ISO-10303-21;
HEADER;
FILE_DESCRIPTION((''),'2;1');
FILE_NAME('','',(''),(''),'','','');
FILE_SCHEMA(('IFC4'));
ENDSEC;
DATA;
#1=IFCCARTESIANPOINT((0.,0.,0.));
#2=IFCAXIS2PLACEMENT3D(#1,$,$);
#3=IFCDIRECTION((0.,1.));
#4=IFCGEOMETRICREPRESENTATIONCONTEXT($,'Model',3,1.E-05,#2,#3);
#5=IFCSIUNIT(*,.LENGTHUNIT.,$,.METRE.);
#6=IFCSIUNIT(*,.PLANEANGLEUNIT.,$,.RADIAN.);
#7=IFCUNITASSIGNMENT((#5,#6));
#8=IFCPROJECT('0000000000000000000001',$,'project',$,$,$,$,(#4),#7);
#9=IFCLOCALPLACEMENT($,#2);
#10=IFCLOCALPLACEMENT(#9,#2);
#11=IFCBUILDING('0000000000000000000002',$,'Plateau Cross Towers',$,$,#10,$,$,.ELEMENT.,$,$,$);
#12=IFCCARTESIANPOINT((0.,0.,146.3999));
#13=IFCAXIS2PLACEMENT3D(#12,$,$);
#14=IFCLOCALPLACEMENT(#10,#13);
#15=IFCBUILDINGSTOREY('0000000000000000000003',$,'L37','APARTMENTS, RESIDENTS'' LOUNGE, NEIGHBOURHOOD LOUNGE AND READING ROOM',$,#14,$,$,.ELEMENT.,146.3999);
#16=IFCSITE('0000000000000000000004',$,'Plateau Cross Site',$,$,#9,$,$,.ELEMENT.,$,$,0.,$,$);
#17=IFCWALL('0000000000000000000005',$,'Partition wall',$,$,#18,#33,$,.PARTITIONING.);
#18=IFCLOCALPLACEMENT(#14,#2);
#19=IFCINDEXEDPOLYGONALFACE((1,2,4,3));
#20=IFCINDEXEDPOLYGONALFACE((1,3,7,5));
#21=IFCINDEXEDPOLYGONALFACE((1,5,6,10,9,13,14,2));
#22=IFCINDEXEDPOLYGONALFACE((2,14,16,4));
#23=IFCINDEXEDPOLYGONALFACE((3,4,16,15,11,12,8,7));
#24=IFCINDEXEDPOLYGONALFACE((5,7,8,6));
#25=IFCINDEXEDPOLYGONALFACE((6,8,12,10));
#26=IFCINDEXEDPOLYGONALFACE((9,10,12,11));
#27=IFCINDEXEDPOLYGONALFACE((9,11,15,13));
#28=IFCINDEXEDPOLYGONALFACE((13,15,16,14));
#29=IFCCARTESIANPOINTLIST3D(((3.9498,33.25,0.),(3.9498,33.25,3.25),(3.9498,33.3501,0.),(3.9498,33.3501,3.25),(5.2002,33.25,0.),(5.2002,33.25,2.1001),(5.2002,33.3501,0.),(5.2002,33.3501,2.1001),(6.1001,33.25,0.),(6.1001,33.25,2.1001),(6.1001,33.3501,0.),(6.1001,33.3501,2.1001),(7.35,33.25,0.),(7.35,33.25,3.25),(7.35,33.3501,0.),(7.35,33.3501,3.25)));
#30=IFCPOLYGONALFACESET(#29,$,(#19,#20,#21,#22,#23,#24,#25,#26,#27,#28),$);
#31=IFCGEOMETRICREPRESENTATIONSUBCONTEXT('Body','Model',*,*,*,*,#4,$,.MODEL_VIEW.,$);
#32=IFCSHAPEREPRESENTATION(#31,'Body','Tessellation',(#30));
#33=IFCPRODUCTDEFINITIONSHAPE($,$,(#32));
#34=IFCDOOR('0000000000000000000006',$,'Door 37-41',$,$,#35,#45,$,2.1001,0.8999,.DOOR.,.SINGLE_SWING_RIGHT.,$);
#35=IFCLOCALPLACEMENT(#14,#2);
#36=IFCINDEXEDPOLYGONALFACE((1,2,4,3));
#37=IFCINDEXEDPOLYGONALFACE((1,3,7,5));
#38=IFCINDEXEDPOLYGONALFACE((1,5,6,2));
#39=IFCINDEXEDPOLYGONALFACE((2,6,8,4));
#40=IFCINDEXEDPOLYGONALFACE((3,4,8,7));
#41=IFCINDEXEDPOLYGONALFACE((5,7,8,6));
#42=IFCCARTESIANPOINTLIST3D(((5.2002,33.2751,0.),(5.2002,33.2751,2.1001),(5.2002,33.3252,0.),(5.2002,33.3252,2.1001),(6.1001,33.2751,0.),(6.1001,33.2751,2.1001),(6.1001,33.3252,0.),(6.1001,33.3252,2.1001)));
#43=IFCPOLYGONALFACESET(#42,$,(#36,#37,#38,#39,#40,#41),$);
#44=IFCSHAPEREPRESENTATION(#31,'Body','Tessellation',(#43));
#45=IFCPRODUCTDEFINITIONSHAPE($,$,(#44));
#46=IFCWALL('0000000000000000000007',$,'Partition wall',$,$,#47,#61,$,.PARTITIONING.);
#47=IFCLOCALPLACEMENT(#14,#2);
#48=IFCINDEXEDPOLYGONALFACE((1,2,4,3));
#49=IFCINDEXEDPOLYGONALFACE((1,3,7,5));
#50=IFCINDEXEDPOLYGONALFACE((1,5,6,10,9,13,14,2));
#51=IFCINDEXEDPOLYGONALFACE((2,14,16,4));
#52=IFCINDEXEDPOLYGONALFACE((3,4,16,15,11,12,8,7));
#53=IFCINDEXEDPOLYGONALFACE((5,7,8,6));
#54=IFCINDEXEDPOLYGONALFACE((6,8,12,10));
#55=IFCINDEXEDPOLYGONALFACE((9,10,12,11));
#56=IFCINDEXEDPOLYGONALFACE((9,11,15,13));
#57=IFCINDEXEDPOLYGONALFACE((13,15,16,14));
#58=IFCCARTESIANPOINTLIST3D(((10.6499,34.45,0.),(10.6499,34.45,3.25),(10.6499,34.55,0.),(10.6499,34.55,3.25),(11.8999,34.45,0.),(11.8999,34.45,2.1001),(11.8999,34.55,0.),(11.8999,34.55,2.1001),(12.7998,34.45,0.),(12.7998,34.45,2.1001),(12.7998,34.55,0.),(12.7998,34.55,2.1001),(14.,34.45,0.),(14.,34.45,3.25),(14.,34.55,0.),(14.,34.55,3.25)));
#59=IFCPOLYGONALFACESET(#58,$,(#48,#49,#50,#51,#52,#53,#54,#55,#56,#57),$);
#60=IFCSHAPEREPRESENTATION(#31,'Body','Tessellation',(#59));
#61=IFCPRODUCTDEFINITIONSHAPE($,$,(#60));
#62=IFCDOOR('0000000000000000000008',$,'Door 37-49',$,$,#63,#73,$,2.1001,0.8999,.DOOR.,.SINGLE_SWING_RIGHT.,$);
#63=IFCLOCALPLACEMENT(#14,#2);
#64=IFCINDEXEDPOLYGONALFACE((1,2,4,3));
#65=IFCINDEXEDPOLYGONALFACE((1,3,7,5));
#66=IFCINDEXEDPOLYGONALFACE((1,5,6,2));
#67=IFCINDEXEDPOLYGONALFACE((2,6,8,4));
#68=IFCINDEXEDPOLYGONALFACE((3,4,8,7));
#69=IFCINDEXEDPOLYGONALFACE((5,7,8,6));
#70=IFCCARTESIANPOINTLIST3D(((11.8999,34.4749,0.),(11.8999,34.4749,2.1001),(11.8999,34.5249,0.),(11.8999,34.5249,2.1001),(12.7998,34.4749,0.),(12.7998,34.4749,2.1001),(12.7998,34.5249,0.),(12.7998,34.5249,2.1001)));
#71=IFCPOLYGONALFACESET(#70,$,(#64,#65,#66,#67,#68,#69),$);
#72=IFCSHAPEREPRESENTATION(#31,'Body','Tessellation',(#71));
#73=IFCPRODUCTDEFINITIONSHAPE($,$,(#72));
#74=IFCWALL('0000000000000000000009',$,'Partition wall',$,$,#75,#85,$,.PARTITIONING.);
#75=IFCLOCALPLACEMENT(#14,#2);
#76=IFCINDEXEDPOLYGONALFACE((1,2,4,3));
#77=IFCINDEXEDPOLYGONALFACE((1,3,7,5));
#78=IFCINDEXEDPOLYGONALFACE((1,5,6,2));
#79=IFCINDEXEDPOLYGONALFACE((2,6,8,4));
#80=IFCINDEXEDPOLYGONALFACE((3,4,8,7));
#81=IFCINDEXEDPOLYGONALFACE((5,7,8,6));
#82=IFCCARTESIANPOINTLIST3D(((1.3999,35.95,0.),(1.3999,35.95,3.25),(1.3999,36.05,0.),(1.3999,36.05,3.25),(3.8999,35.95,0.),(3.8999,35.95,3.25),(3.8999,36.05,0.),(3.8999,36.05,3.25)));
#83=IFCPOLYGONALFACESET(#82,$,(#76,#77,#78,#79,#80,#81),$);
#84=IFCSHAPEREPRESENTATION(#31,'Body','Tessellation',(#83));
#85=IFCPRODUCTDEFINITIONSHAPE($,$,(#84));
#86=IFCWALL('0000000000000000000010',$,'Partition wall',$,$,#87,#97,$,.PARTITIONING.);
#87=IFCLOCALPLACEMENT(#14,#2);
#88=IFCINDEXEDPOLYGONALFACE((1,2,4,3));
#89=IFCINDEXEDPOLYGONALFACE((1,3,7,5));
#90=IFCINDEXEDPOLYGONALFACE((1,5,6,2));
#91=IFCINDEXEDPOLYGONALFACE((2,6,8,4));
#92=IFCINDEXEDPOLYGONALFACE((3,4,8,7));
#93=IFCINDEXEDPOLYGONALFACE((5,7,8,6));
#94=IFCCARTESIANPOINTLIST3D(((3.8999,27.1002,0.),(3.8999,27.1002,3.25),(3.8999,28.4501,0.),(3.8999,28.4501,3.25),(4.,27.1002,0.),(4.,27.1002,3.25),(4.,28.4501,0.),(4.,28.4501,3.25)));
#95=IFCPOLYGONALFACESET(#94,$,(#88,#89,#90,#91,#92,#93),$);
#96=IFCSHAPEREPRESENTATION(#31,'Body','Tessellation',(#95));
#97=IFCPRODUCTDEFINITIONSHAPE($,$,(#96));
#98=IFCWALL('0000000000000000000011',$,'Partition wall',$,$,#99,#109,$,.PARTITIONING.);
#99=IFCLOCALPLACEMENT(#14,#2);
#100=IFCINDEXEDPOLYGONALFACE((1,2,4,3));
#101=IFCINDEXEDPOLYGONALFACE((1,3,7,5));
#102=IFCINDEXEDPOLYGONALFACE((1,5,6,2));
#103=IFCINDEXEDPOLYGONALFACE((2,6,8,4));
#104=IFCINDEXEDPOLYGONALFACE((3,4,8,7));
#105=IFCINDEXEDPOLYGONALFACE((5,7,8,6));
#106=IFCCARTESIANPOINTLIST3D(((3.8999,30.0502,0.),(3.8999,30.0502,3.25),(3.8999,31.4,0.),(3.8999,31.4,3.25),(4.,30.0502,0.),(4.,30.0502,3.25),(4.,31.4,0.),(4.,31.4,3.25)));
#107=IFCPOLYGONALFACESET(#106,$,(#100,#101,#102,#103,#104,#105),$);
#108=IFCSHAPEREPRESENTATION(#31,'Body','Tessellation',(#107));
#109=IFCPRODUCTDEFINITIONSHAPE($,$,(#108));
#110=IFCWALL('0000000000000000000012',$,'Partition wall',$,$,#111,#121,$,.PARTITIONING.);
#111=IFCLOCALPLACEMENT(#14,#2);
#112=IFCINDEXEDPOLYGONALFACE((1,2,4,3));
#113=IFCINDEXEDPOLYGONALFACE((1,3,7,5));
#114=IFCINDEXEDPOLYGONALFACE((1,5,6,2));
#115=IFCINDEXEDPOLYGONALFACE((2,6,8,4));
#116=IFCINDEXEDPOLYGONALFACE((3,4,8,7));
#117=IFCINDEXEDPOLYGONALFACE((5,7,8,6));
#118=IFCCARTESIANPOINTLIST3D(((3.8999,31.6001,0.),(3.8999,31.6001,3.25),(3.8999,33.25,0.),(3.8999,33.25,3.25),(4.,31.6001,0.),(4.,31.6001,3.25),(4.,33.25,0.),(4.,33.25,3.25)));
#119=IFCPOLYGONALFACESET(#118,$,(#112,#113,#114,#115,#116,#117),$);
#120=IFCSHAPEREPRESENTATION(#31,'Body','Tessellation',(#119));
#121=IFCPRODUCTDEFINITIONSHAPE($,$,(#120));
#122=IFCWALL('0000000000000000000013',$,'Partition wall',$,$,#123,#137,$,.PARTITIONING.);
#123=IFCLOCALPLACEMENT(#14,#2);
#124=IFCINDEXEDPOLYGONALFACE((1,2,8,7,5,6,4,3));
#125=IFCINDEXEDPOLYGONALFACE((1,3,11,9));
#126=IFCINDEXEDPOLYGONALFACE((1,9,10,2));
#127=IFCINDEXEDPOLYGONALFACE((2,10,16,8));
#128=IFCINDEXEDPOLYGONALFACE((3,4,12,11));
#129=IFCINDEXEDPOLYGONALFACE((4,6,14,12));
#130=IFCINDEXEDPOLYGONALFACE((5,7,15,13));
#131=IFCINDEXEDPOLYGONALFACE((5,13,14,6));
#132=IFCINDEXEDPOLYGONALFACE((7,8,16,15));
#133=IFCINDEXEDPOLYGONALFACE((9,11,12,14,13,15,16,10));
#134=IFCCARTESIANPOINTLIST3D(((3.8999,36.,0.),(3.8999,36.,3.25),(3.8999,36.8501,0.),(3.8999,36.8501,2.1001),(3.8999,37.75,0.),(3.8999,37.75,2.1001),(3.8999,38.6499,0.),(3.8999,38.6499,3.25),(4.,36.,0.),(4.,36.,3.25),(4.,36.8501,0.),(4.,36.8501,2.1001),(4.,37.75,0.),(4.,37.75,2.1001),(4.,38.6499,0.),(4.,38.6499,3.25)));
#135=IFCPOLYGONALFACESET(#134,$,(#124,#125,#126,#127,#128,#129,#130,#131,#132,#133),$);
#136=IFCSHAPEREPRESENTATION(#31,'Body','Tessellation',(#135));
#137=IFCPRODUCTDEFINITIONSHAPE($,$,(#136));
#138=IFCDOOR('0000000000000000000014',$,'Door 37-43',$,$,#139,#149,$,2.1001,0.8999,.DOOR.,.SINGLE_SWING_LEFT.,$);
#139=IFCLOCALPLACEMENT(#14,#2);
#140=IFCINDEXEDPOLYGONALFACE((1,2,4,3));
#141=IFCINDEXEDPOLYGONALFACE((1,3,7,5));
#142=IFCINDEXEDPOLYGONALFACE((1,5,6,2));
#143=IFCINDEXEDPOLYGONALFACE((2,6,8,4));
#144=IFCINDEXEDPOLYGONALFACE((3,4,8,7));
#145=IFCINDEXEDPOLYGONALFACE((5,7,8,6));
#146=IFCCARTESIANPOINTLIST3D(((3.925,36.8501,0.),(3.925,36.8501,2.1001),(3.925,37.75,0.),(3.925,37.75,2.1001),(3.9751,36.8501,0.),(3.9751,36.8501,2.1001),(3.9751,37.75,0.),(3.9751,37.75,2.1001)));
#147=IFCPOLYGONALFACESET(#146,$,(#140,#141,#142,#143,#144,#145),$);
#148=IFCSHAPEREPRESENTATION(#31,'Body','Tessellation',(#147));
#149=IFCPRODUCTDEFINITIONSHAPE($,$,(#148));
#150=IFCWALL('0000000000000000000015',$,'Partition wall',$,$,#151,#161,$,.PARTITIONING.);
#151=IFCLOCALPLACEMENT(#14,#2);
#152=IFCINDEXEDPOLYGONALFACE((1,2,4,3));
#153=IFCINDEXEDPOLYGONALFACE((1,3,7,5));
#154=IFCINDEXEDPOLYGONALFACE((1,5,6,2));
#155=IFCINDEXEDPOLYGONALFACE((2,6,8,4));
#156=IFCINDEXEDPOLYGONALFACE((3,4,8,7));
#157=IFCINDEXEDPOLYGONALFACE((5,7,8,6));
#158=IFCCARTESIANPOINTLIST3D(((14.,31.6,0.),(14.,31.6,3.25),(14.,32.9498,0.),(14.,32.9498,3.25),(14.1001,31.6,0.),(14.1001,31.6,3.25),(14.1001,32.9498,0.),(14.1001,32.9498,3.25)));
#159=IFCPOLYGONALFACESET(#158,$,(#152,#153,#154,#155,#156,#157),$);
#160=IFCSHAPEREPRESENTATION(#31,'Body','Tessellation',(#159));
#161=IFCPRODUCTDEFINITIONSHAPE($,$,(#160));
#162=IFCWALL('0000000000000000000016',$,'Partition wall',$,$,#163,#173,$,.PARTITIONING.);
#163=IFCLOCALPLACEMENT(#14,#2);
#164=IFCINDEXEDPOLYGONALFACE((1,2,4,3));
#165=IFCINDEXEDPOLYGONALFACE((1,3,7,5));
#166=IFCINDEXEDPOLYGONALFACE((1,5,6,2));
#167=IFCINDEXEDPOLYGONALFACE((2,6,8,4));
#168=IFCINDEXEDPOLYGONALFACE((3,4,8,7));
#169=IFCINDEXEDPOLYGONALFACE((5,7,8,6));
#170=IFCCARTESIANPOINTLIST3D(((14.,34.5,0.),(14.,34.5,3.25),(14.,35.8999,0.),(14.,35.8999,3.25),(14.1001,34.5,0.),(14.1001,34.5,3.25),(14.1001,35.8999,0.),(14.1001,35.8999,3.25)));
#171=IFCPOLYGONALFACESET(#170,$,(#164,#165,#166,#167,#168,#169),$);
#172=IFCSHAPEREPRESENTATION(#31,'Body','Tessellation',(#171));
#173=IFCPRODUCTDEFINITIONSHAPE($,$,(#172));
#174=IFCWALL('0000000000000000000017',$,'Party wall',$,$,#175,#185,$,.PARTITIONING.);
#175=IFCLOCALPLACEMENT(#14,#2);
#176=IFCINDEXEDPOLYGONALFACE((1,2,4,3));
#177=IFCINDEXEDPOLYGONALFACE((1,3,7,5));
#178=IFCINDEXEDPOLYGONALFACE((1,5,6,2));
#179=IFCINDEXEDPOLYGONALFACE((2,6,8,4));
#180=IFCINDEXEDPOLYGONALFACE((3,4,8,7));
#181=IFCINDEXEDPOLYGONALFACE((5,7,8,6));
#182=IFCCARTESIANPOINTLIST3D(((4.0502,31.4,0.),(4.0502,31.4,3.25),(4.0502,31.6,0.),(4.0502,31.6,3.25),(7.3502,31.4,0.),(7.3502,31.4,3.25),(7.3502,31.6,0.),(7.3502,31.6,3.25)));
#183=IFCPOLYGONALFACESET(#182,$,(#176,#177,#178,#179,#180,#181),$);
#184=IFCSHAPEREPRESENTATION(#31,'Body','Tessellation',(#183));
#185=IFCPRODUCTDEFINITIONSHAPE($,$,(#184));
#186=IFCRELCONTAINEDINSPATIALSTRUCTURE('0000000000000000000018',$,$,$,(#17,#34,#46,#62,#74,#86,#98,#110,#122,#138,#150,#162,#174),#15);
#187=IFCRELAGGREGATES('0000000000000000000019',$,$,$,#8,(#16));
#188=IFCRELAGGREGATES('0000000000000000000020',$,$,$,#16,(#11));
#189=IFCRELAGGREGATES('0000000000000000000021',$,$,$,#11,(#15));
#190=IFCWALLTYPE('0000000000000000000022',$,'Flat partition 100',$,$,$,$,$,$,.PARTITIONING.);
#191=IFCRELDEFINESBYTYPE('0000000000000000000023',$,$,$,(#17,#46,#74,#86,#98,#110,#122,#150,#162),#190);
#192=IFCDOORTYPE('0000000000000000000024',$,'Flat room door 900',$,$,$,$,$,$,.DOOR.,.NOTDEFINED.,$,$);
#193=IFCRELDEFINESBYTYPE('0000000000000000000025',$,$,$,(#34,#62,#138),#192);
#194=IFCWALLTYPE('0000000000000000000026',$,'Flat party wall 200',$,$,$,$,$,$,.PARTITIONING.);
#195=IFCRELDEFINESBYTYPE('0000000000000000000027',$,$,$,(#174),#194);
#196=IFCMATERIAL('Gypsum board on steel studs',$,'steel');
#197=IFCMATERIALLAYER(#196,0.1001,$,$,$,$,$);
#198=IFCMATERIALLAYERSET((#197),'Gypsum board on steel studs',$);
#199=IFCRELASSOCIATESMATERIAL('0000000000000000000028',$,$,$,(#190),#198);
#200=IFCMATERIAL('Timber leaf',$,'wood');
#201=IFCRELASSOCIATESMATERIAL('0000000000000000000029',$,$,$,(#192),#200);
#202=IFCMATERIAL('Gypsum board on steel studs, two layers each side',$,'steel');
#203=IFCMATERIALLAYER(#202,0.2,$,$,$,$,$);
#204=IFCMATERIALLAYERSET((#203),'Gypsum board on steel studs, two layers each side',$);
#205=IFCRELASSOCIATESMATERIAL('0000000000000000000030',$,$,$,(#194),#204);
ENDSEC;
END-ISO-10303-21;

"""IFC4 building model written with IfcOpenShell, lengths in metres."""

from ifc_helpers import new_model, si_unit, direction, frame, frame_2d, origin, place, context, subcontext, project, spatial, rectangle, extrude, material, layer, layer_set, type_object, element, fill, save


model = new_model("IFC4")

# Units and contexts
model_context = context("Model", 3, precision=1e-05, world=origin(), true_north=direction((0.0, 1.0)))
body_context = subcontext(model_context, "Body", "Model", "MODEL_VIEW")
ifc_project = project(units=[si_unit("LENGTHUNIT", "METRE"), si_unit("PLANEANGLEUNIT", "RADIAN")], contexts=[model_context])

# Site, building, storey
site_placement = place(None, origin())
site = spatial("IfcSite", under=ifc_project, at=site_placement, Name="Plateau Cross Site", CompositionType="ELEMENT", RefElevation=0.0)
building_placement = place(site_placement, origin())
building = spatial("IfcBuilding", under=site, at=building_placement, Name="Plateau Cross Towers", CompositionType="ELEMENT")
storey_placement = place(building_placement, frame((0.0, 0.0, 146.3999)))
storey = spatial("IfcBuildingStorey", under=building, at=storey_placement, Name="L37", Description="APARTMENTS, RESIDENTS' LOUNGE, NEIGHBOURHOOD LOUNGE AND READING ROOM", CompositionType="ELEMENT", Elevation=146.3999)

# Walls, openings, doors
ifc_material_1 = material(Name="Gypsum board on steel studs", Category="steel")
ifc_layer_1 = layer(ifc_material_1, 0.1001)
ifc_layer_set_1 = layer_set([ifc_layer_1], Name="Gypsum board on steel studs")
wall_type_1 = type_object("IfcWallType", Name="Flat partition 100", PredefinedType="PARTITIONING", material=ifc_layer_set_1)
ifc_material_2 = material(Name="Timber leaf", Category="wood")
door_type_1 = type_object("IfcDoorType", Name="Flat room door 900", OperationType="NOTDEFINED", PredefinedType="DOOR", material=ifc_material_2)
wall_1_placement = place(storey_placement, frame((7.3501, 33.3, 0.0), z_axis=(0.0, 0.0, 1.0), x_axis=(-1.0, 0.0, 0.0)))
wall_1 = element("IfcWall", 1, at=wall_1_placement, inside=storey, type_object=wall_type_1, Name="Partition wall", PredefinedType="PARTITIONING", context=body_context, shape_type="SweptSolid", body=[
    extrude(rectangle(XDim=3.4001, YDim=0.1001, at=frame_2d((1.7002, 0.0))), origin(), (0.0, 0.0, 1.0), 3.25),
])
opening_1_placement = place(wall_1_placement, frame((1.25, 0.0, 0.0)))
opening_1 = element("IfcOpeningElement", 2, at=opening_1_placement, cuts=wall_1, PredefinedType="OPENING", context=body_context, shape_type="SweptSolid", body=[
    extrude(rectangle(XDim=0.8999, YDim=2.1001, at=frame_2d((0.45, 1.05))), frame((0.0, 0.0601, 0.0), z_axis=(0.0, -1.0, 0.0), x_axis=(1.0, 0.0, 0.0)), (0.0, 0.0, 1.0), 0.1201),
])
door_1_placement = place(opening_1_placement, origin())
door_1 = element("IfcDoor", 3, at=door_1_placement, inside=storey, type_object=door_type_1, Name="Door 37-41", OperationType="SINGLE_SWING_RIGHT", OverallHeight=2.1001, OverallWidth=0.8999, PredefinedType="DOOR", context=body_context, shape_type="SweptSolid", body=[
    extrude(rectangle(XDim=0.8999, YDim=2.1001, at=frame_2d((0.45, 1.05))), frame((0.0, 0.0249, 0.0), z_axis=(0.0, -1.0, 0.0), x_axis=(1.0, 0.0, 0.0)), (0.0, 0.0, 1.0), 0.05),
])
fill(opening_1, door_1)
wall_2_placement = place(storey_placement, frame((10.6499, 34.5, 0.0), z_axis=(0.0, 0.0, 1.0), x_axis=(1.0, 0.0, 0.0)))
wall_2 = element("IfcWall", 4, at=wall_2_placement, inside=storey, type_object=wall_type_1, Name="Partition wall", PredefinedType="PARTITIONING", context=body_context, shape_type="SweptSolid", body=[
    extrude(rectangle(XDim=3.3501, YDim=0.1001, at=frame_2d((1.675, 0.0))), origin(), (0.0, 0.0, 1.0), 3.25),
])
opening_2_placement = place(wall_2_placement, frame((1.25, 0.0, 0.0)))
opening_2 = element("IfcOpeningElement", 5, at=opening_2_placement, cuts=wall_2, PredefinedType="OPENING", context=body_context, shape_type="SweptSolid", body=[
    extrude(rectangle(XDim=0.8999, YDim=2.1001, at=frame_2d((0.45, 1.05))), frame((0.0, 0.0601, 0.0), z_axis=(0.0, -1.0, 0.0), x_axis=(1.0, 0.0, 0.0)), (0.0, 0.0, 1.0), 0.1201),
])
door_2_placement = place(opening_2_placement, origin())
door_2 = element("IfcDoor", 6, at=door_2_placement, inside=storey, type_object=door_type_1, Name="Door 37-49", OperationType="SINGLE_SWING_RIGHT", OverallHeight=2.1001, OverallWidth=0.8999, PredefinedType="DOOR", context=body_context, shape_type="SweptSolid", body=[
    extrude(rectangle(XDim=0.8999, YDim=2.1001, at=frame_2d((0.45, 1.05))), frame((0.0, 0.0249, 0.0), z_axis=(0.0, -1.0, 0.0), x_axis=(1.0, 0.0, 0.0)), (0.0, 0.0, 1.0), 0.05),
])
fill(opening_2, door_2)

# Walls
wall_3_placement = place(storey_placement, frame((1.3999, 36.0, 0.0), z_axis=(0.0, 0.0, 1.0), x_axis=(1.0, 0.0, 0.0)))
element("IfcWall", 7, at=wall_3_placement, inside=storey, type_object=wall_type_1, Name="Partition wall", PredefinedType="PARTITIONING", context=body_context, shape_type="SweptSolid", body=[
    extrude(rectangle(XDim=2.5, YDim=0.1001, at=frame_2d((1.25, 0.0))), origin(), (0.0, 0.0, 1.0), 3.25),
])
for number, where, z_axis, x_axis, name in (
    (8, (3.95, 28.45, 0.0), (0.0, 0.0, 1.0), (0.0, -1.0, 0.0), "Partition wall"),
    (9, (3.95, 31.3999, 0.0), (0.0, 0.0, 1.0), (0.0, -1.0, 0.0), "Partition wall"),
):
    element("IfcWall", number, at=place(storey_placement, frame(where, z_axis=z_axis, x_axis=x_axis)), inside=storey, type_object=wall_type_1, Name=name, PredefinedType="PARTITIONING", context=body_context, shape_type="SweptSolid", body=[
        extrude(rectangle(XDim=1.3499, YDim=0.1001, at=frame_2d((0.6748, 0.0))), origin(), (0.0, 0.0, 1.0), 3.25),
    ])
wall_4_placement = place(storey_placement, frame((3.95, 33.25, 0.0), z_axis=(0.0, 0.0, 1.0), x_axis=(0.0, -1.0, 0.0)))
element("IfcWall", 10, at=wall_4_placement, inside=storey, type_object=wall_type_1, Name="Partition wall", PredefinedType="PARTITIONING", context=body_context, shape_type="SweptSolid", body=[
    extrude(rectangle(XDim=1.6499, YDim=0.1001, at=frame_2d((0.825, 0.0))), origin(), (0.0, 0.0, 1.0), 3.25),
])

# Wall, opening, door
wall_5_placement = place(storey_placement, frame((3.95, 36.0, 0.0), z_axis=(0.0, 0.0, 1.0), x_axis=(0.0, 1.0, 0.0)))
wall_5 = element("IfcWall", 11, at=wall_5_placement, inside=storey, type_object=wall_type_1, Name="Partition wall", PredefinedType="PARTITIONING", context=body_context, shape_type="SweptSolid", body=[
    extrude(rectangle(XDim=2.6499, YDim=0.1001, at=frame_2d((1.325, 0.0))), origin(), (0.0, 0.0, 1.0), 3.25),
])
opening_3_placement = place(wall_5_placement, frame((0.8501, 0.0, 0.0)))
opening_3 = element("IfcOpeningElement", 12, at=opening_3_placement, cuts=wall_5, PredefinedType="OPENING", context=body_context, shape_type="SweptSolid", body=[
    extrude(rectangle(XDim=0.8999, YDim=2.1001, at=frame_2d((0.45, 1.05))), frame((0.0, 0.0601, 0.0), z_axis=(0.0, -1.0, 0.0), x_axis=(1.0, 0.0, 0.0)), (0.0, 0.0, 1.0), 0.1201),
])
door_3_placement = place(opening_3_placement, origin())
door_3 = element("IfcDoor", 13, at=door_3_placement, inside=storey, type_object=door_type_1, Name="Door 37-43", OperationType="SINGLE_SWING_LEFT", OverallHeight=2.1001, OverallWidth=0.8999, PredefinedType="DOOR", context=body_context, shape_type="SweptSolid", body=[
    extrude(rectangle(XDim=0.8999, YDim=2.1001, at=frame_2d((0.45, 1.05))), frame((0.0, 0.0249, 0.0), z_axis=(0.0, -1.0, 0.0), x_axis=(1.0, 0.0, 0.0)), (0.0, 0.0, 1.0), 0.05),
])
fill(opening_3, door_3)

# Walls
wall_6_placement = place(storey_placement, frame((14.05, 31.6001, 0.0), z_axis=(0.0, 0.0, 1.0), x_axis=(0.0, 1.0, 0.0)))
element("IfcWall", 14, at=wall_6_placement, inside=storey, type_object=wall_type_1, Name="Partition wall", PredefinedType="PARTITIONING", context=body_context, shape_type="SweptSolid", body=[
    extrude(rectangle(XDim=1.3499, YDim=0.1001, at=frame_2d((0.6748, 0.0))), origin(), (0.0, 0.0, 1.0), 3.25),
])
wall_7_placement = place(storey_placement, frame((14.05, 34.5, 0.0), z_axis=(0.0, 0.0, 1.0), x_axis=(0.0, 1.0, 0.0)))
element("IfcWall", 15, at=wall_7_placement, inside=storey, type_object=wall_type_1, Name="Partition wall", PredefinedType="PARTITIONING", context=body_context, shape_type="SweptSolid", body=[
    extrude(rectangle(XDim=1.3999, YDim=0.1001, at=frame_2d((0.7, 0.0))), origin(), (0.0, 0.0, 1.0), 3.25),
])
ifc_material_3 = material(Name="Gypsum board on steel studs, two layers each side", Category="steel")
ifc_layer_2 = layer(ifc_material_3, 0.2)
ifc_layer_set_2 = layer_set([ifc_layer_2], Name="Gypsum board on steel studs, two layers each side")
wall_type_2 = type_object("IfcWallType", Name="Flat party wall 200", PredefinedType="PARTITIONING", material=ifc_layer_set_2)
wall_8_placement = place(storey_placement, frame((7.3501, 31.5, 0.0), z_axis=(0.0, 0.0, 1.0), x_axis=(-1.0, 0.0, 0.0)))
element("IfcWall", 16, at=wall_8_placement, inside=storey, type_object=wall_type_2, Name="Party wall", PredefinedType="PARTITIONING", context=body_context, shape_type="SweptSolid", body=[
    extrude(rectangle(XDim=3.3, YDim=0.2, at=frame_2d((1.6499, 0.0))), origin(), (0.0, 0.0, 1.0), 3.25),
])

save(model, "model.ifc")
